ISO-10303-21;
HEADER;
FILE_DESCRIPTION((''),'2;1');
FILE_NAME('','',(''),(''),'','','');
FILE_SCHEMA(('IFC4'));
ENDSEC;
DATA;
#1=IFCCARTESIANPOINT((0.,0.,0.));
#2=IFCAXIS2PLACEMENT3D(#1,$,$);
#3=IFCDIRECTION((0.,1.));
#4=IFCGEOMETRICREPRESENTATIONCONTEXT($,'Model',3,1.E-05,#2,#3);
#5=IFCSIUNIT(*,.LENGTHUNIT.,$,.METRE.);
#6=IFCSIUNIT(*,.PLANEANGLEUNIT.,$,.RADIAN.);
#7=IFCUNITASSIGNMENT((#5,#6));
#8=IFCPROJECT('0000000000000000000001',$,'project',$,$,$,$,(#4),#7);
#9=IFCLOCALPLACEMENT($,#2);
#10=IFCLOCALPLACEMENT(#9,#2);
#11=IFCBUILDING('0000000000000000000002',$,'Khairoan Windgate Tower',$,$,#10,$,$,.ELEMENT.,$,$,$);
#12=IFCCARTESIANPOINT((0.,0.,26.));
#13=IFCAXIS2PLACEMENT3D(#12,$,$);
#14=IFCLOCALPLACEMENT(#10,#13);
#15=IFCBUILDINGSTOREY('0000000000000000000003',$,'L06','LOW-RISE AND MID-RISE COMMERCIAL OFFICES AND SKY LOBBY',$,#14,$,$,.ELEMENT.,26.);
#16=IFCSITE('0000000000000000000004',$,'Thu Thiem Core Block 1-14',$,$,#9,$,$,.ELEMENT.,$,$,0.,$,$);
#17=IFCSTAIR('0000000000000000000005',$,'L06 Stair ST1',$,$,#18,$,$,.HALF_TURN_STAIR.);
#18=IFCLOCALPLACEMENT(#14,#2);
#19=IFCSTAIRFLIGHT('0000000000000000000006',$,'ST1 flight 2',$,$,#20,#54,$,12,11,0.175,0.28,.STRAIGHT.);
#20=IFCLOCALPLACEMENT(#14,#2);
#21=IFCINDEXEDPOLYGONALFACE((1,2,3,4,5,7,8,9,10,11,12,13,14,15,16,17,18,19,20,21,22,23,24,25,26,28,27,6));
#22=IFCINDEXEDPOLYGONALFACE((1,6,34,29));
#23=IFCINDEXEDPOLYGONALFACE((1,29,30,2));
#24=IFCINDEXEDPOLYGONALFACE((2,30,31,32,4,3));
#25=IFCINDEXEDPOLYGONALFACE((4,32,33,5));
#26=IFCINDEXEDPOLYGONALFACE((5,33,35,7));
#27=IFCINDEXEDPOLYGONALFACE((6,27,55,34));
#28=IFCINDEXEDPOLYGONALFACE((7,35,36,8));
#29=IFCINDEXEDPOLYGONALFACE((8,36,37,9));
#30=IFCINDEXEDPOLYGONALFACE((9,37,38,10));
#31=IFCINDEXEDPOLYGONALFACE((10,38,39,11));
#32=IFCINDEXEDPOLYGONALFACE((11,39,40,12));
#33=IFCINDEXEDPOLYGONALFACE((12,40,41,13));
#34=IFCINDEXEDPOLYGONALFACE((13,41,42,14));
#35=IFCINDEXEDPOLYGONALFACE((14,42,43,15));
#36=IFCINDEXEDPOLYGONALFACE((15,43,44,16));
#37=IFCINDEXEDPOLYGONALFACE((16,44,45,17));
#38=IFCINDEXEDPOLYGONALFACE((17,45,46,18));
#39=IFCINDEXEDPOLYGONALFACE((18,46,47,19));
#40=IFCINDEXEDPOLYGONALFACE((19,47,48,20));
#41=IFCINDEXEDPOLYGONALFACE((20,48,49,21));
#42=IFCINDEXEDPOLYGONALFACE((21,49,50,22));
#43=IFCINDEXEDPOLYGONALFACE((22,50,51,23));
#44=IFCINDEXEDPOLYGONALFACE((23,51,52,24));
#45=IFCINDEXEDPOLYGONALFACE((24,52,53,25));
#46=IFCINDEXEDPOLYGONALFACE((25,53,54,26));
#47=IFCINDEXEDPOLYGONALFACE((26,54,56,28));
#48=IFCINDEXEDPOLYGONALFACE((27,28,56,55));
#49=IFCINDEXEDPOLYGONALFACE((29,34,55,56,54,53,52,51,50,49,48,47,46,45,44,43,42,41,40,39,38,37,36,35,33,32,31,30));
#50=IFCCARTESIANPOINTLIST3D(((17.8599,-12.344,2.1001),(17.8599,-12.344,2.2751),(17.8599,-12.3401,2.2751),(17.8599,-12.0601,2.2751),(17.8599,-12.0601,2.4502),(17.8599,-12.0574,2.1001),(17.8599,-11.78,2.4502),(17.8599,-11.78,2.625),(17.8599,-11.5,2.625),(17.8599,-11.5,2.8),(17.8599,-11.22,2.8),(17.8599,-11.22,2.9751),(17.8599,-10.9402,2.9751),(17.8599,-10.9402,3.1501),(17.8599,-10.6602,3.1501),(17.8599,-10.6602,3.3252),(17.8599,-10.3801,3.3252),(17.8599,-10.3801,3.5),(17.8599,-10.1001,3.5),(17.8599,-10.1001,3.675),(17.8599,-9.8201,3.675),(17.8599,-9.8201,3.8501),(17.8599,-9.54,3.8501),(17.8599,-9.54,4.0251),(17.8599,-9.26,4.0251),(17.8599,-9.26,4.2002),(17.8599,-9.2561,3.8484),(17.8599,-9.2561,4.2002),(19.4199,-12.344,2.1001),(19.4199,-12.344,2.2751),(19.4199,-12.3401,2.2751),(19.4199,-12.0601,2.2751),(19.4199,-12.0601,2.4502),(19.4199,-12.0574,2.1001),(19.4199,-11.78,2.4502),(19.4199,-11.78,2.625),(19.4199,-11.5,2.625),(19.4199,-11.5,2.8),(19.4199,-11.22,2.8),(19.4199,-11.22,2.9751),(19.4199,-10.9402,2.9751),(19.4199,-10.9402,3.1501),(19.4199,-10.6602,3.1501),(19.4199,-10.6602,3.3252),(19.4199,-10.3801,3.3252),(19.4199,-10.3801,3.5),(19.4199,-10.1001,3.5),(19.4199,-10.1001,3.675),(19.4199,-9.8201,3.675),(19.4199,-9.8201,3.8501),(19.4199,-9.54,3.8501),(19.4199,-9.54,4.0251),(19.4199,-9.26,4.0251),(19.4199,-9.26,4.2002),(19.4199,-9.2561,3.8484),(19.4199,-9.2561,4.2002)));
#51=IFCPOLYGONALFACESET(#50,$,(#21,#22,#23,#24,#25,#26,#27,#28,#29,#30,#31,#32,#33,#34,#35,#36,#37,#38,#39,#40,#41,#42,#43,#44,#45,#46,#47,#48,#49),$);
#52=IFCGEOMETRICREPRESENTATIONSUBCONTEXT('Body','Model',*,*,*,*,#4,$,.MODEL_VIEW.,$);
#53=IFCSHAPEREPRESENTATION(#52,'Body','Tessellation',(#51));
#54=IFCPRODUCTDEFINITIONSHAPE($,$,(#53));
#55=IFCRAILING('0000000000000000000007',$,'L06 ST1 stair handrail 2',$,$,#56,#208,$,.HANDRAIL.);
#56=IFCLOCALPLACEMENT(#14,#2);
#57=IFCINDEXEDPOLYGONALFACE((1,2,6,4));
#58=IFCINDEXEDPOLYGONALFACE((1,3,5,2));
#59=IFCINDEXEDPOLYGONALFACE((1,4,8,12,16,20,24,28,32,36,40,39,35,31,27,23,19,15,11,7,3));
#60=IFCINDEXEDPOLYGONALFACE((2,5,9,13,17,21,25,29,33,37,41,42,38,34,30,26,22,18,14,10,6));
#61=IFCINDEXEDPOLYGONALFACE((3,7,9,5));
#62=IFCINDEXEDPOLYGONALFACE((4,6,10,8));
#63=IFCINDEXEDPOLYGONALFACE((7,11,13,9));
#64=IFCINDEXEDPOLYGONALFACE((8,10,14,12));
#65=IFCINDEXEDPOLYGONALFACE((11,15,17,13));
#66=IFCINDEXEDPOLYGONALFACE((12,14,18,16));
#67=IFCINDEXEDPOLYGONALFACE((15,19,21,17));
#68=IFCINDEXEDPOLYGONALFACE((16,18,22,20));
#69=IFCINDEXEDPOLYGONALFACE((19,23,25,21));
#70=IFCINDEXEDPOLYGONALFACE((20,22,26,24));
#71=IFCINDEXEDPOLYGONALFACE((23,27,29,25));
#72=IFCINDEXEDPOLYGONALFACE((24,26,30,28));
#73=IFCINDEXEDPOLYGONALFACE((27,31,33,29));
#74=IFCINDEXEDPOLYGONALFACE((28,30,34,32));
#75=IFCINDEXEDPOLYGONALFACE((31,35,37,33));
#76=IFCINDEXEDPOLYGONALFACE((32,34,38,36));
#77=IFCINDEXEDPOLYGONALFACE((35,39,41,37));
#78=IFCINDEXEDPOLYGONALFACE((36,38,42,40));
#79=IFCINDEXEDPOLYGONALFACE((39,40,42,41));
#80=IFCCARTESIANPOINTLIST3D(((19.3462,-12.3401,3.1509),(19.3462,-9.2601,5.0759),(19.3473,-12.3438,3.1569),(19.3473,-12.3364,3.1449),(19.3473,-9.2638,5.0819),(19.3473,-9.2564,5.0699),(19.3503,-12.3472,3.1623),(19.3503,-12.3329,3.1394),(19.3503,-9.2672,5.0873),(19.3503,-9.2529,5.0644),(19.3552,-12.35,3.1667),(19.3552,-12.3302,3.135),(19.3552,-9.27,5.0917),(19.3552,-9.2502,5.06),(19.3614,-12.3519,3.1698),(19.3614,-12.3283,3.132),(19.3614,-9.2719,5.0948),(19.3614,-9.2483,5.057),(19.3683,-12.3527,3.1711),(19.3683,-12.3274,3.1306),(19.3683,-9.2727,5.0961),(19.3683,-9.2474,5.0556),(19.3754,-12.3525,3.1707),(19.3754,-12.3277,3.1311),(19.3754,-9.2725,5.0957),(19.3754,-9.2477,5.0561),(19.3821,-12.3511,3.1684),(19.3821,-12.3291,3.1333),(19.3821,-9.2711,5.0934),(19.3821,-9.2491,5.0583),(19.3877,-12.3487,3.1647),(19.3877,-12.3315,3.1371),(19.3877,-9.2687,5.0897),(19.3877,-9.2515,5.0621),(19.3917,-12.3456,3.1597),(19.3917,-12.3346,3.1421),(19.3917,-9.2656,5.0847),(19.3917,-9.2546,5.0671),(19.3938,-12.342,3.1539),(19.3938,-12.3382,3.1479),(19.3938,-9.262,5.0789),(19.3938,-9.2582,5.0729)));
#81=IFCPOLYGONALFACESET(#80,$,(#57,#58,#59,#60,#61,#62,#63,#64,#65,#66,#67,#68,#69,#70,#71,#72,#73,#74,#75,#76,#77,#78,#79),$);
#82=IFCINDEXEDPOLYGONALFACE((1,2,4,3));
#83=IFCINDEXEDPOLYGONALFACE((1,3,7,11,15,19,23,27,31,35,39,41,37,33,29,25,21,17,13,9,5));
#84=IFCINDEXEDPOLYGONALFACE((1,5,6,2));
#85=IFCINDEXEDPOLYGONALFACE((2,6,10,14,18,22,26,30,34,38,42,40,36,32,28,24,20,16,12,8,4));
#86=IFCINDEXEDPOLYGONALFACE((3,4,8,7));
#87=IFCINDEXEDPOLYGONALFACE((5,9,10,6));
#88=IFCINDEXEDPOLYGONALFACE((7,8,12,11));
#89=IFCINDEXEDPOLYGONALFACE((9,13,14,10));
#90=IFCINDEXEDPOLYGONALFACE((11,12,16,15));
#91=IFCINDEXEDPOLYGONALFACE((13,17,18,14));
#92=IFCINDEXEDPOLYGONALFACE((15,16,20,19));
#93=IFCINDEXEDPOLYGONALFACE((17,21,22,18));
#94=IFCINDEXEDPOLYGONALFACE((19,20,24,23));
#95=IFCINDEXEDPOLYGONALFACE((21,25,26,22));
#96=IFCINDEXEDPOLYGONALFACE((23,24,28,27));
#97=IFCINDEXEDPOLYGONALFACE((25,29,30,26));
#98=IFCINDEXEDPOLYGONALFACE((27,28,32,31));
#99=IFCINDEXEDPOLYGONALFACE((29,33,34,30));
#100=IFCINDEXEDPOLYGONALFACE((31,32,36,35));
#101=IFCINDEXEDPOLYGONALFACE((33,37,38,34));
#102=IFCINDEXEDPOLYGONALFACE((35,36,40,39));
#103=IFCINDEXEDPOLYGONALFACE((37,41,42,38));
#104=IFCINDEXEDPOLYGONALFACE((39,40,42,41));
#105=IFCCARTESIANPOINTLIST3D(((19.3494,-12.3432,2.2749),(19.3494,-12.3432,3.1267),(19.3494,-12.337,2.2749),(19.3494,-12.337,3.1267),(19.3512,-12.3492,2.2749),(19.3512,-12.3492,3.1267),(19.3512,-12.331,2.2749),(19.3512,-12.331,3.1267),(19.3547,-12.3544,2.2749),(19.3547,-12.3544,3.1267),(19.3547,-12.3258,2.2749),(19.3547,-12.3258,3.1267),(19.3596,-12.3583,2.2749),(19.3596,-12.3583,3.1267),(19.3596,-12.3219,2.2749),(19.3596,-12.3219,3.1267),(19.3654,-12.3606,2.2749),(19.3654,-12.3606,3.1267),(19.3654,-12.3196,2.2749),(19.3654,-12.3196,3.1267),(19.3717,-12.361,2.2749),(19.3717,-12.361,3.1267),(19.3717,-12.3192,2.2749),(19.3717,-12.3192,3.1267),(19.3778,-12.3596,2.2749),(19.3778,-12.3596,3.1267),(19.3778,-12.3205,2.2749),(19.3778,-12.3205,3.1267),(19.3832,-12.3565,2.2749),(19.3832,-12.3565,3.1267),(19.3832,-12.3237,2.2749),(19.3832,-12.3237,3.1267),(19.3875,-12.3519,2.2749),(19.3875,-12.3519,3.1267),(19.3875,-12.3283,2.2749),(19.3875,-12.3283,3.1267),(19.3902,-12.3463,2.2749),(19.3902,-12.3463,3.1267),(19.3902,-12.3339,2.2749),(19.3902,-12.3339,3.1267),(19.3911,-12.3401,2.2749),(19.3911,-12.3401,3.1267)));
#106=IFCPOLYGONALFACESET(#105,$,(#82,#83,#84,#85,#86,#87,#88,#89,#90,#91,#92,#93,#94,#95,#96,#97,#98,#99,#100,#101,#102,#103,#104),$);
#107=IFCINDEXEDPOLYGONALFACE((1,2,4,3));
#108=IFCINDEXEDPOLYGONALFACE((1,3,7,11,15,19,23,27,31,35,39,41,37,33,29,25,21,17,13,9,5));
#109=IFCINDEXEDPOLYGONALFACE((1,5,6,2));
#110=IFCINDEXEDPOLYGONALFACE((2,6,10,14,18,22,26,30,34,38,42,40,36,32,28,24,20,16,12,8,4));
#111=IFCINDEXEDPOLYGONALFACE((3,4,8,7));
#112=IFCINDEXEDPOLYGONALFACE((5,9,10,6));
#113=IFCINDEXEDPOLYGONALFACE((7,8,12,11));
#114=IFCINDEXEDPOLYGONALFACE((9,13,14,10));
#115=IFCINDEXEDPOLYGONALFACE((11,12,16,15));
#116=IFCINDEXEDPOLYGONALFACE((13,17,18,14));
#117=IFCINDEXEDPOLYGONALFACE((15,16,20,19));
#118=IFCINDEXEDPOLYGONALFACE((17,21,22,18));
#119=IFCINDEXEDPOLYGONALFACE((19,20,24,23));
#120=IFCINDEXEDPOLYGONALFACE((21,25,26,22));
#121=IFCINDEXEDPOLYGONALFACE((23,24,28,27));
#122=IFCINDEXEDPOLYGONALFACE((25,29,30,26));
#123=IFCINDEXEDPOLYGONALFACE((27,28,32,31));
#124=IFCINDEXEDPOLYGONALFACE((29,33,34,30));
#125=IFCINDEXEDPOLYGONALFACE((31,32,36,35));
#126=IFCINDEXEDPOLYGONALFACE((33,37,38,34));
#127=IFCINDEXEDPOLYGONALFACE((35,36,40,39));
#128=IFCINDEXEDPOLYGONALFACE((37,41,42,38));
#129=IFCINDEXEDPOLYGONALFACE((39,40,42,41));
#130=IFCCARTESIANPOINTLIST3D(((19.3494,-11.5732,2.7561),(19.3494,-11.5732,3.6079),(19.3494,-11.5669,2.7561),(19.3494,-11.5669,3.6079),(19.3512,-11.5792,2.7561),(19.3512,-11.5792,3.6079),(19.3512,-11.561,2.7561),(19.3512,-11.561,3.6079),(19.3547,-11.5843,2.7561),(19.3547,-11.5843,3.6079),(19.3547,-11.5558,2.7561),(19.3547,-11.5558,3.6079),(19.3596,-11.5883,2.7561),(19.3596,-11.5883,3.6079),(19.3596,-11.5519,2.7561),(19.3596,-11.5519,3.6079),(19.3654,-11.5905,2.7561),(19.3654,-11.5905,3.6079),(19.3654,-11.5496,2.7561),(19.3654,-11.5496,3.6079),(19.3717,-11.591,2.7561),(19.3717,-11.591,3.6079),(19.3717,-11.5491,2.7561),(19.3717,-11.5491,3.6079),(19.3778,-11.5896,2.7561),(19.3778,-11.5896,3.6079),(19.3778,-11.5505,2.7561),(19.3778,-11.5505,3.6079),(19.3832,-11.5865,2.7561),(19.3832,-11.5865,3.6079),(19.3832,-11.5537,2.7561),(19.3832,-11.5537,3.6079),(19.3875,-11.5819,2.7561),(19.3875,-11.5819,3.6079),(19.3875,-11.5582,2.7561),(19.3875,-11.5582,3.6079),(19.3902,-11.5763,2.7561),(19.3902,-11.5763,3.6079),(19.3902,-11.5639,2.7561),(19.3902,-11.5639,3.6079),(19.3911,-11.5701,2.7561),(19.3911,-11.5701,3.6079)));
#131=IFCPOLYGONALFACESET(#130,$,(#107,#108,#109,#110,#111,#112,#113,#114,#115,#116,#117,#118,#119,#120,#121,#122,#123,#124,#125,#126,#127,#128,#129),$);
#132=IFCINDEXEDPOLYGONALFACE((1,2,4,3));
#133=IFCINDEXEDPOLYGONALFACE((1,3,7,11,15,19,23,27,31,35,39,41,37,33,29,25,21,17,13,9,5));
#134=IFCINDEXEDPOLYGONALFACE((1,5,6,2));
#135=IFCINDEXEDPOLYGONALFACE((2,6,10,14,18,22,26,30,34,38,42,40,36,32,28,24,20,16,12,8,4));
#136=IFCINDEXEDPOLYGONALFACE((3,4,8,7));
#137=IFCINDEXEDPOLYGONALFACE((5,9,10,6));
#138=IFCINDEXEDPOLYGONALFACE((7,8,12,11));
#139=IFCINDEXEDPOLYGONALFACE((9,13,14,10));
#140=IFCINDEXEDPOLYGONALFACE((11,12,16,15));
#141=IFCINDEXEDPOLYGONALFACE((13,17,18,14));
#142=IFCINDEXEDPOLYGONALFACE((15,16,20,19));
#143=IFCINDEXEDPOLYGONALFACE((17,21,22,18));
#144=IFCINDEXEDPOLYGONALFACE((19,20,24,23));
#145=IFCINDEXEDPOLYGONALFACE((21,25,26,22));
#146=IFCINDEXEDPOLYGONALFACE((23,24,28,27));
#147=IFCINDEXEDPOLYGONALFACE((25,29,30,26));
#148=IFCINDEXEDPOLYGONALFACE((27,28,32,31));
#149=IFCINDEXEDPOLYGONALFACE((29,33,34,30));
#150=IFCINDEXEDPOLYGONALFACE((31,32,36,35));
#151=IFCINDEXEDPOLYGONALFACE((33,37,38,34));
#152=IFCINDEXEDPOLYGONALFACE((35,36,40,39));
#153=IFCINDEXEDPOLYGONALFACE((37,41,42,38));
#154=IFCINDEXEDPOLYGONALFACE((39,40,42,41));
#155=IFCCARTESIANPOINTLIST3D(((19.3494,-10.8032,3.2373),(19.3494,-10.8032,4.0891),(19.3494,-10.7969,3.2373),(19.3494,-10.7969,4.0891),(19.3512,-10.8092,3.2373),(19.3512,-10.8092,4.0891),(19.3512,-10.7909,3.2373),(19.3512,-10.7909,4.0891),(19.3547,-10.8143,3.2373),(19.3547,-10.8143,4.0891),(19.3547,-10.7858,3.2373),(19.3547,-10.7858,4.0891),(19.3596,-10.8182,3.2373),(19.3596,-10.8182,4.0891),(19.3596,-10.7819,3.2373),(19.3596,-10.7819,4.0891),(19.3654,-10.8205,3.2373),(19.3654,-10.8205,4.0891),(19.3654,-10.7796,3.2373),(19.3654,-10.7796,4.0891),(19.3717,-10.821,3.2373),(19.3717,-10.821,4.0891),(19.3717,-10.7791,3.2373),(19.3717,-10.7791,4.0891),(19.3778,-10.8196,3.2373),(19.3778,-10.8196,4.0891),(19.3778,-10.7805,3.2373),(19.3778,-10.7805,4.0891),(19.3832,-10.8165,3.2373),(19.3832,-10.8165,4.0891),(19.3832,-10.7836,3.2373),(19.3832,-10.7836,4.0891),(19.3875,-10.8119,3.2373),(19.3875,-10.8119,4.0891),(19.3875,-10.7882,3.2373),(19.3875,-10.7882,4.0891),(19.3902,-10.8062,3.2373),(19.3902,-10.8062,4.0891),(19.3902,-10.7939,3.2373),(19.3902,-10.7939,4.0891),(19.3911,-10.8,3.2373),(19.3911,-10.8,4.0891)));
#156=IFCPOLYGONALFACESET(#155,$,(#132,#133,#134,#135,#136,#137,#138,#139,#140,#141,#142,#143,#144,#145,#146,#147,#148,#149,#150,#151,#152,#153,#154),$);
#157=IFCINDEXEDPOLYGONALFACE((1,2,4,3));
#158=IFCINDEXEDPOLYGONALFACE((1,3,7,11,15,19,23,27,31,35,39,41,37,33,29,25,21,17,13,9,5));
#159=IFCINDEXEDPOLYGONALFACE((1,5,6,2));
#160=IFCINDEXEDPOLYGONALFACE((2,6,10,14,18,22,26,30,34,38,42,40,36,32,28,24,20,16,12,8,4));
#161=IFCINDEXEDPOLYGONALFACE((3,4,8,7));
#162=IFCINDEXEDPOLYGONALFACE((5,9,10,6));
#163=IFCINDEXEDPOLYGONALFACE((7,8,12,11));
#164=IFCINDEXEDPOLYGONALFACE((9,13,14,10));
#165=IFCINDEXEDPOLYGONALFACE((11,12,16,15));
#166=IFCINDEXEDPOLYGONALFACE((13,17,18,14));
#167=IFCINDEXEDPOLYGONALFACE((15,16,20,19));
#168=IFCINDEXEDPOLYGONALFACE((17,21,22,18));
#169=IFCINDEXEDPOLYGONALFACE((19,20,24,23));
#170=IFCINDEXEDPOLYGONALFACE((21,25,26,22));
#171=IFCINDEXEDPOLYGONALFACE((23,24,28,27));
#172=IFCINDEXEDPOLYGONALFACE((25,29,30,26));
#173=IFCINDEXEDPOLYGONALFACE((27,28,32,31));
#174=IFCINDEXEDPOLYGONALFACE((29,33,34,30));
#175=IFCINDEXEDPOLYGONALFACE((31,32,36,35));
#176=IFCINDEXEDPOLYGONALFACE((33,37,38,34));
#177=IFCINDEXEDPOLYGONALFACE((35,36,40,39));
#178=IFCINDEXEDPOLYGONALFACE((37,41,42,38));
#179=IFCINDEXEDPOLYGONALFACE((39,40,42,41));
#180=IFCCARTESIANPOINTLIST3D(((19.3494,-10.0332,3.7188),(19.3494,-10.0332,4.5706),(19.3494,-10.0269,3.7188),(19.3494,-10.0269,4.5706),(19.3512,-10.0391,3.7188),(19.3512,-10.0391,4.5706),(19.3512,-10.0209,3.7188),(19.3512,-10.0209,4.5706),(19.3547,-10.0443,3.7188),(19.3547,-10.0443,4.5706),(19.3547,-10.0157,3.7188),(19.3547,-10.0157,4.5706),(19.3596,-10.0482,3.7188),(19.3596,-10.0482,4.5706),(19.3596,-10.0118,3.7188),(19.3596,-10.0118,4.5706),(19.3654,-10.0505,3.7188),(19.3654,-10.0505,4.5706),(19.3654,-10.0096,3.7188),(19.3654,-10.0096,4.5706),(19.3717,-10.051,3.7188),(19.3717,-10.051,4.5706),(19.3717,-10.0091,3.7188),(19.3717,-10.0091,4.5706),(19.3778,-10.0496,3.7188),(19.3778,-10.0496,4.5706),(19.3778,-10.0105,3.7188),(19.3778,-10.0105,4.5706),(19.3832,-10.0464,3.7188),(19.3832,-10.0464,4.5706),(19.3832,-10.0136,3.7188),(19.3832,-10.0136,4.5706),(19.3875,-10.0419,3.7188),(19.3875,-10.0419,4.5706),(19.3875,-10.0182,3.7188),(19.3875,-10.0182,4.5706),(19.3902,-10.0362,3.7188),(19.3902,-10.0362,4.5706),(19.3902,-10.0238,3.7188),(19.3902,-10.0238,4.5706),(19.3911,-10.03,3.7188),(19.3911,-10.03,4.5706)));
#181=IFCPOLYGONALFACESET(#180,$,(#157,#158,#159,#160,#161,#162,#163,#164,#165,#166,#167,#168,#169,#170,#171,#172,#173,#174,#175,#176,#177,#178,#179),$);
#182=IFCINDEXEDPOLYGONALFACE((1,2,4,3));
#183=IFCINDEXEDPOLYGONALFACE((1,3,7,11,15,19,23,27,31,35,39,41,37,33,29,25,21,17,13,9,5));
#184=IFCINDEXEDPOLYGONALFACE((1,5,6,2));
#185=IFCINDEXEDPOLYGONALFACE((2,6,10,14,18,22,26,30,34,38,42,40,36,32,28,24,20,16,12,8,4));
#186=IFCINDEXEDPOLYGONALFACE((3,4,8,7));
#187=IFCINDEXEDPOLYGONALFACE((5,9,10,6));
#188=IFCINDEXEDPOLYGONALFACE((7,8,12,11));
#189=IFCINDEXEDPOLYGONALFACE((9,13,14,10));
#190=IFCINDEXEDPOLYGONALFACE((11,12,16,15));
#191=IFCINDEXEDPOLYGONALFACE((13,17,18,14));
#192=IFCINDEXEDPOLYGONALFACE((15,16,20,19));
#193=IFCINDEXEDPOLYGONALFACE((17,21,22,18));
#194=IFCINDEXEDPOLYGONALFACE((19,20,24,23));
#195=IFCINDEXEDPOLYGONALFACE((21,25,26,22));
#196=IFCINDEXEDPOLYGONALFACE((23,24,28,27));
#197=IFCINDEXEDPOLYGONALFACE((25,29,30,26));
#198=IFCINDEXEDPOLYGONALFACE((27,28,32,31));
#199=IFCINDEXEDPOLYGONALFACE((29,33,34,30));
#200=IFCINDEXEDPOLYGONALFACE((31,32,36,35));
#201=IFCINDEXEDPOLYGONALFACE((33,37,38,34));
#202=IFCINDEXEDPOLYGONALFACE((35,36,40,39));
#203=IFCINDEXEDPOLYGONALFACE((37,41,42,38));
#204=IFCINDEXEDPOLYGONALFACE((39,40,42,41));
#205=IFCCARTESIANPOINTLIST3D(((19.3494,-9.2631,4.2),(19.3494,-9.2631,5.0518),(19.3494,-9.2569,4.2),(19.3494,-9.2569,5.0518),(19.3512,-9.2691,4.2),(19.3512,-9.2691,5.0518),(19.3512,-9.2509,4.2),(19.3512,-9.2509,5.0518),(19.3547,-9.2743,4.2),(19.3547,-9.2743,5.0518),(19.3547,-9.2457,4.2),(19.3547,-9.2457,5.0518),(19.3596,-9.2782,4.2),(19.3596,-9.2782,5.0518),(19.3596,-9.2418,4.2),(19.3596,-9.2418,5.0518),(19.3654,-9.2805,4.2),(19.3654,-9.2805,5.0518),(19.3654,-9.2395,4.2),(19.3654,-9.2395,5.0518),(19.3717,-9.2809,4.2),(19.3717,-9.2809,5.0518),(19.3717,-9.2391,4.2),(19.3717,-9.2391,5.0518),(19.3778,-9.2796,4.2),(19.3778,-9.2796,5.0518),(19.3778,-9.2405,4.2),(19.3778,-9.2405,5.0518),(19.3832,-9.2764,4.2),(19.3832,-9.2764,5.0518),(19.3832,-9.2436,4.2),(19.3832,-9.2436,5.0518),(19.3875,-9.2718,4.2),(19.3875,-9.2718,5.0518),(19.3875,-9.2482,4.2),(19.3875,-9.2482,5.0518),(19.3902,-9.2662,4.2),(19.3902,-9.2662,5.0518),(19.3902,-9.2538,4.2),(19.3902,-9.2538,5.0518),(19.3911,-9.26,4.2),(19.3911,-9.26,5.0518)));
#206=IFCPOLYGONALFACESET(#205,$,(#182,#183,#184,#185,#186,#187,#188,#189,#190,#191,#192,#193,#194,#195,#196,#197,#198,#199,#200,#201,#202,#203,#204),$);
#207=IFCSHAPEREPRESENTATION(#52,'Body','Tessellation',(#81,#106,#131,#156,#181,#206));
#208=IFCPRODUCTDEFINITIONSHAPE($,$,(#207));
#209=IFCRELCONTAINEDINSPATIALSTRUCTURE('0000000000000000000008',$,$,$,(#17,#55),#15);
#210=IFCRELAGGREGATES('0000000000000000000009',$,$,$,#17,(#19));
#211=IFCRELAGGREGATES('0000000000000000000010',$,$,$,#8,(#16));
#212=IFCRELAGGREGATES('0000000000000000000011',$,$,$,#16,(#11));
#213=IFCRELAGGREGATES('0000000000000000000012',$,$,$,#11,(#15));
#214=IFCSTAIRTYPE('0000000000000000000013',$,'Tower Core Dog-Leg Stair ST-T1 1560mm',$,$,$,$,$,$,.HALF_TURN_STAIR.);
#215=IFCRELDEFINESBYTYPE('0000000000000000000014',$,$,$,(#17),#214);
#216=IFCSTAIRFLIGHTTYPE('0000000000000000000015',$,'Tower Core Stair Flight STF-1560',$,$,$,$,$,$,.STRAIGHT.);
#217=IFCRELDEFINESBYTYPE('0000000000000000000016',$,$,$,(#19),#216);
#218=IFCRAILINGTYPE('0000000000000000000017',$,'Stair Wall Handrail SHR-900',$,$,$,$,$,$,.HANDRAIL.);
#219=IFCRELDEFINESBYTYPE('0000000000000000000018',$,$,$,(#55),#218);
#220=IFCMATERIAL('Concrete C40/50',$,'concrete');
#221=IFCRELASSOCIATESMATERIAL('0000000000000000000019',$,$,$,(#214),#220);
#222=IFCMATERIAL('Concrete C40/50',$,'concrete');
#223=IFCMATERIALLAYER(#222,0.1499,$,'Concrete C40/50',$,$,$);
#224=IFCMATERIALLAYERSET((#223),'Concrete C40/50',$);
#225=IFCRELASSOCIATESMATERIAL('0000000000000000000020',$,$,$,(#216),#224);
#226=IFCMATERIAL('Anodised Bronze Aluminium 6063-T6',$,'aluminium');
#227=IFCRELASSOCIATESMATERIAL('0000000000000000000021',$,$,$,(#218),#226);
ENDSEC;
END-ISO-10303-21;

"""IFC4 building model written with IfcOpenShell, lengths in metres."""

from ifc_helpers import new_model, si_unit, direction, frame, origin, origin_2d, place, context, subcontext, project, spatial, polyline, circle, outline, extrude, material, layer, layer_set, type_object, element, aggregate, save


model = new_model("IFC4")

# Units and contexts
model_context = context("Model", 3, precision=1e-05, world=origin(), true_north=direction((0.0, 1.0)))
body_context = subcontext(model_context, "Body", "Model", "MODEL_VIEW")
ifc_project = project(units=[si_unit("LENGTHUNIT", "METRE"), si_unit("PLANEANGLEUNIT", "RADIAN")], contexts=[model_context])

# Site, building, storey
site_placement = place(None, origin())
site = spatial("IfcSite", under=ifc_project, at=site_placement, Name="Thu Thiem Core Block 1-14", CompositionType="ELEMENT", RefElevation=0.0)
building_placement = place(site_placement, origin())
building = spatial("IfcBuilding", under=site, at=building_placement, Name="Khairoan Windgate Tower", CompositionType="ELEMENT")
storey_placement = place(building_placement, frame((0.0, 0.0, 26.0)))
storey = spatial("IfcBuildingStorey", under=building, at=storey_placement, Name="L06", Description="LOW-RISE AND MID-RISE COMMERCIAL OFFICES AND SKY LOBBY", CompositionType="ELEMENT", Elevation=26.0)

# Stair, stair flight
ifc_material_1 = material(Name="Concrete C40/50", Category="concrete")
stair_type = type_object("IfcStairType", Name="Tower Core Dog-Leg Stair ST-T1 1560mm", PredefinedType="HALF_TURN_STAIR", material=ifc_material_1)
stair_placement = place(storey_placement, origin())
stair = element("IfcStair", 1, at=stair_placement, inside=storey, type_object=stair_type, Name="L06 Stair ST1", PredefinedType="HALF_TURN_STAIR")
ifc_material_2 = material(Name="Concrete C40/50", Category="concrete")
ifc_layer_1 = layer(ifc_material_2, 0.1499, Name="Concrete C40/50")
ifc_layer_set_1 = layer_set([ifc_layer_1], Name="Concrete C40/50")
stair_flight_type = type_object("IfcStairFlightType", Name="Tower Core Stair Flight STF-1560", PredefinedType="STRAIGHT", material=ifc_layer_set_1)
stair_flight_placement = place(storey_placement, frame((18.6399, -12.3401, 2.1001), z_axis=(0.0, 0.0, 1.0), x_axis=(0.0, 1.0, 0.0)))
stair_flight = element("IfcStairFlight", 2, at=stair_flight_placement, type_object=stair_flight_type, Name="ST1 flight 2", NumberOfRisers=12, NumberOfTreads=11, PredefinedType="STRAIGHT", RiserHeight=0.175, TreadLength=0.28, context=body_context, shape_type="SweptSolid", body=[
    extrude(outline(polyline([(-0.0039, 0.0), (-0.0039, 0.175), (0.0, 0.175), (0.28, 0.175), (0.28, 0.3501), (0.5601, 0.3501), (0.5601, 0.5249), (0.8401, 0.5249), (0.8401, 0.7), (1.1201, 0.7), (1.1201, 0.875), (1.3999, 0.875), (1.3999, 1.05), (1.6799, 1.05), (1.6799, 1.2251), (1.96, 1.2251), (1.96, 1.3999), (2.24, 1.3999), (2.24, 1.575), (2.52, 1.575), (2.52, 1.75), (2.8, 1.75), (2.8, 1.925), (3.0801, 1.925), (3.0801, 2.1001), (3.084, 2.1001), (3.084, 1.7483), (0.2827, 0.0), (-0.0039, 0.0)])), frame((0.0, 0.78, 0.0), z_axis=(0.0, -1.0, 0.0), x_axis=(1.0, 0.0, 0.0)), (0.0, 0.0, 1.0), 1.5601),
])
aggregate(stair, [stair_flight])

# Railing
ifc_material_3 = material(Name="Anodised Bronze Aluminium 6063-T6", Category="aluminium")
railing_type_1 = type_object("IfcRailingType", Name="Stair Wall Handrail SHR-900", PredefinedType="HANDRAIL", material=ifc_material_3)
railing_1_placement = place(storey_placement, frame((19.3701, -12.3401, 2.2749)))
element("IfcRailing", 3, at=railing_1_placement, inside=storey, type_object=railing_type_1, Name="L06 ST1 stair handrail 2", PredefinedType="HANDRAIL", context=body_context, shape_type="SweptSolid", body=[
    extrude(circle(Radius=0.0239, at=origin_2d()), frame((0.0, 0.0, 0.876), z_axis=(0.0, 0.847998, 0.529999), x_axis=(-1.0, 0.0, 0.0)), (0.0, 0.0, 1.0), 3.6321),
    extrude(circle(Radius=0.021, at=origin_2d()), origin(), (0.0, 0.0, 1.0), 0.8518),
    extrude(circle(Radius=0.021, at=origin_2d()), frame((0.0, 0.77, 0.4812)), (0.0, 0.0, 1.0), 0.8518),
    extrude(circle(Radius=0.021, at=origin_2d()), frame((0.0, 1.54, 0.9624)), (0.0, 0.0, 1.0), 0.8518),
    extrude(circle(Radius=0.021, at=origin_2d()), frame((0.0, 2.3101, 1.4438)), (0.0, 0.0, 1.0), 0.8518),
    extrude(circle(Radius=0.021, at=origin_2d()), frame((0.0, 3.0801, 1.925)), (0.0, 0.0, 1.0), 0.8518),
])

save(model, "model.ifc")
